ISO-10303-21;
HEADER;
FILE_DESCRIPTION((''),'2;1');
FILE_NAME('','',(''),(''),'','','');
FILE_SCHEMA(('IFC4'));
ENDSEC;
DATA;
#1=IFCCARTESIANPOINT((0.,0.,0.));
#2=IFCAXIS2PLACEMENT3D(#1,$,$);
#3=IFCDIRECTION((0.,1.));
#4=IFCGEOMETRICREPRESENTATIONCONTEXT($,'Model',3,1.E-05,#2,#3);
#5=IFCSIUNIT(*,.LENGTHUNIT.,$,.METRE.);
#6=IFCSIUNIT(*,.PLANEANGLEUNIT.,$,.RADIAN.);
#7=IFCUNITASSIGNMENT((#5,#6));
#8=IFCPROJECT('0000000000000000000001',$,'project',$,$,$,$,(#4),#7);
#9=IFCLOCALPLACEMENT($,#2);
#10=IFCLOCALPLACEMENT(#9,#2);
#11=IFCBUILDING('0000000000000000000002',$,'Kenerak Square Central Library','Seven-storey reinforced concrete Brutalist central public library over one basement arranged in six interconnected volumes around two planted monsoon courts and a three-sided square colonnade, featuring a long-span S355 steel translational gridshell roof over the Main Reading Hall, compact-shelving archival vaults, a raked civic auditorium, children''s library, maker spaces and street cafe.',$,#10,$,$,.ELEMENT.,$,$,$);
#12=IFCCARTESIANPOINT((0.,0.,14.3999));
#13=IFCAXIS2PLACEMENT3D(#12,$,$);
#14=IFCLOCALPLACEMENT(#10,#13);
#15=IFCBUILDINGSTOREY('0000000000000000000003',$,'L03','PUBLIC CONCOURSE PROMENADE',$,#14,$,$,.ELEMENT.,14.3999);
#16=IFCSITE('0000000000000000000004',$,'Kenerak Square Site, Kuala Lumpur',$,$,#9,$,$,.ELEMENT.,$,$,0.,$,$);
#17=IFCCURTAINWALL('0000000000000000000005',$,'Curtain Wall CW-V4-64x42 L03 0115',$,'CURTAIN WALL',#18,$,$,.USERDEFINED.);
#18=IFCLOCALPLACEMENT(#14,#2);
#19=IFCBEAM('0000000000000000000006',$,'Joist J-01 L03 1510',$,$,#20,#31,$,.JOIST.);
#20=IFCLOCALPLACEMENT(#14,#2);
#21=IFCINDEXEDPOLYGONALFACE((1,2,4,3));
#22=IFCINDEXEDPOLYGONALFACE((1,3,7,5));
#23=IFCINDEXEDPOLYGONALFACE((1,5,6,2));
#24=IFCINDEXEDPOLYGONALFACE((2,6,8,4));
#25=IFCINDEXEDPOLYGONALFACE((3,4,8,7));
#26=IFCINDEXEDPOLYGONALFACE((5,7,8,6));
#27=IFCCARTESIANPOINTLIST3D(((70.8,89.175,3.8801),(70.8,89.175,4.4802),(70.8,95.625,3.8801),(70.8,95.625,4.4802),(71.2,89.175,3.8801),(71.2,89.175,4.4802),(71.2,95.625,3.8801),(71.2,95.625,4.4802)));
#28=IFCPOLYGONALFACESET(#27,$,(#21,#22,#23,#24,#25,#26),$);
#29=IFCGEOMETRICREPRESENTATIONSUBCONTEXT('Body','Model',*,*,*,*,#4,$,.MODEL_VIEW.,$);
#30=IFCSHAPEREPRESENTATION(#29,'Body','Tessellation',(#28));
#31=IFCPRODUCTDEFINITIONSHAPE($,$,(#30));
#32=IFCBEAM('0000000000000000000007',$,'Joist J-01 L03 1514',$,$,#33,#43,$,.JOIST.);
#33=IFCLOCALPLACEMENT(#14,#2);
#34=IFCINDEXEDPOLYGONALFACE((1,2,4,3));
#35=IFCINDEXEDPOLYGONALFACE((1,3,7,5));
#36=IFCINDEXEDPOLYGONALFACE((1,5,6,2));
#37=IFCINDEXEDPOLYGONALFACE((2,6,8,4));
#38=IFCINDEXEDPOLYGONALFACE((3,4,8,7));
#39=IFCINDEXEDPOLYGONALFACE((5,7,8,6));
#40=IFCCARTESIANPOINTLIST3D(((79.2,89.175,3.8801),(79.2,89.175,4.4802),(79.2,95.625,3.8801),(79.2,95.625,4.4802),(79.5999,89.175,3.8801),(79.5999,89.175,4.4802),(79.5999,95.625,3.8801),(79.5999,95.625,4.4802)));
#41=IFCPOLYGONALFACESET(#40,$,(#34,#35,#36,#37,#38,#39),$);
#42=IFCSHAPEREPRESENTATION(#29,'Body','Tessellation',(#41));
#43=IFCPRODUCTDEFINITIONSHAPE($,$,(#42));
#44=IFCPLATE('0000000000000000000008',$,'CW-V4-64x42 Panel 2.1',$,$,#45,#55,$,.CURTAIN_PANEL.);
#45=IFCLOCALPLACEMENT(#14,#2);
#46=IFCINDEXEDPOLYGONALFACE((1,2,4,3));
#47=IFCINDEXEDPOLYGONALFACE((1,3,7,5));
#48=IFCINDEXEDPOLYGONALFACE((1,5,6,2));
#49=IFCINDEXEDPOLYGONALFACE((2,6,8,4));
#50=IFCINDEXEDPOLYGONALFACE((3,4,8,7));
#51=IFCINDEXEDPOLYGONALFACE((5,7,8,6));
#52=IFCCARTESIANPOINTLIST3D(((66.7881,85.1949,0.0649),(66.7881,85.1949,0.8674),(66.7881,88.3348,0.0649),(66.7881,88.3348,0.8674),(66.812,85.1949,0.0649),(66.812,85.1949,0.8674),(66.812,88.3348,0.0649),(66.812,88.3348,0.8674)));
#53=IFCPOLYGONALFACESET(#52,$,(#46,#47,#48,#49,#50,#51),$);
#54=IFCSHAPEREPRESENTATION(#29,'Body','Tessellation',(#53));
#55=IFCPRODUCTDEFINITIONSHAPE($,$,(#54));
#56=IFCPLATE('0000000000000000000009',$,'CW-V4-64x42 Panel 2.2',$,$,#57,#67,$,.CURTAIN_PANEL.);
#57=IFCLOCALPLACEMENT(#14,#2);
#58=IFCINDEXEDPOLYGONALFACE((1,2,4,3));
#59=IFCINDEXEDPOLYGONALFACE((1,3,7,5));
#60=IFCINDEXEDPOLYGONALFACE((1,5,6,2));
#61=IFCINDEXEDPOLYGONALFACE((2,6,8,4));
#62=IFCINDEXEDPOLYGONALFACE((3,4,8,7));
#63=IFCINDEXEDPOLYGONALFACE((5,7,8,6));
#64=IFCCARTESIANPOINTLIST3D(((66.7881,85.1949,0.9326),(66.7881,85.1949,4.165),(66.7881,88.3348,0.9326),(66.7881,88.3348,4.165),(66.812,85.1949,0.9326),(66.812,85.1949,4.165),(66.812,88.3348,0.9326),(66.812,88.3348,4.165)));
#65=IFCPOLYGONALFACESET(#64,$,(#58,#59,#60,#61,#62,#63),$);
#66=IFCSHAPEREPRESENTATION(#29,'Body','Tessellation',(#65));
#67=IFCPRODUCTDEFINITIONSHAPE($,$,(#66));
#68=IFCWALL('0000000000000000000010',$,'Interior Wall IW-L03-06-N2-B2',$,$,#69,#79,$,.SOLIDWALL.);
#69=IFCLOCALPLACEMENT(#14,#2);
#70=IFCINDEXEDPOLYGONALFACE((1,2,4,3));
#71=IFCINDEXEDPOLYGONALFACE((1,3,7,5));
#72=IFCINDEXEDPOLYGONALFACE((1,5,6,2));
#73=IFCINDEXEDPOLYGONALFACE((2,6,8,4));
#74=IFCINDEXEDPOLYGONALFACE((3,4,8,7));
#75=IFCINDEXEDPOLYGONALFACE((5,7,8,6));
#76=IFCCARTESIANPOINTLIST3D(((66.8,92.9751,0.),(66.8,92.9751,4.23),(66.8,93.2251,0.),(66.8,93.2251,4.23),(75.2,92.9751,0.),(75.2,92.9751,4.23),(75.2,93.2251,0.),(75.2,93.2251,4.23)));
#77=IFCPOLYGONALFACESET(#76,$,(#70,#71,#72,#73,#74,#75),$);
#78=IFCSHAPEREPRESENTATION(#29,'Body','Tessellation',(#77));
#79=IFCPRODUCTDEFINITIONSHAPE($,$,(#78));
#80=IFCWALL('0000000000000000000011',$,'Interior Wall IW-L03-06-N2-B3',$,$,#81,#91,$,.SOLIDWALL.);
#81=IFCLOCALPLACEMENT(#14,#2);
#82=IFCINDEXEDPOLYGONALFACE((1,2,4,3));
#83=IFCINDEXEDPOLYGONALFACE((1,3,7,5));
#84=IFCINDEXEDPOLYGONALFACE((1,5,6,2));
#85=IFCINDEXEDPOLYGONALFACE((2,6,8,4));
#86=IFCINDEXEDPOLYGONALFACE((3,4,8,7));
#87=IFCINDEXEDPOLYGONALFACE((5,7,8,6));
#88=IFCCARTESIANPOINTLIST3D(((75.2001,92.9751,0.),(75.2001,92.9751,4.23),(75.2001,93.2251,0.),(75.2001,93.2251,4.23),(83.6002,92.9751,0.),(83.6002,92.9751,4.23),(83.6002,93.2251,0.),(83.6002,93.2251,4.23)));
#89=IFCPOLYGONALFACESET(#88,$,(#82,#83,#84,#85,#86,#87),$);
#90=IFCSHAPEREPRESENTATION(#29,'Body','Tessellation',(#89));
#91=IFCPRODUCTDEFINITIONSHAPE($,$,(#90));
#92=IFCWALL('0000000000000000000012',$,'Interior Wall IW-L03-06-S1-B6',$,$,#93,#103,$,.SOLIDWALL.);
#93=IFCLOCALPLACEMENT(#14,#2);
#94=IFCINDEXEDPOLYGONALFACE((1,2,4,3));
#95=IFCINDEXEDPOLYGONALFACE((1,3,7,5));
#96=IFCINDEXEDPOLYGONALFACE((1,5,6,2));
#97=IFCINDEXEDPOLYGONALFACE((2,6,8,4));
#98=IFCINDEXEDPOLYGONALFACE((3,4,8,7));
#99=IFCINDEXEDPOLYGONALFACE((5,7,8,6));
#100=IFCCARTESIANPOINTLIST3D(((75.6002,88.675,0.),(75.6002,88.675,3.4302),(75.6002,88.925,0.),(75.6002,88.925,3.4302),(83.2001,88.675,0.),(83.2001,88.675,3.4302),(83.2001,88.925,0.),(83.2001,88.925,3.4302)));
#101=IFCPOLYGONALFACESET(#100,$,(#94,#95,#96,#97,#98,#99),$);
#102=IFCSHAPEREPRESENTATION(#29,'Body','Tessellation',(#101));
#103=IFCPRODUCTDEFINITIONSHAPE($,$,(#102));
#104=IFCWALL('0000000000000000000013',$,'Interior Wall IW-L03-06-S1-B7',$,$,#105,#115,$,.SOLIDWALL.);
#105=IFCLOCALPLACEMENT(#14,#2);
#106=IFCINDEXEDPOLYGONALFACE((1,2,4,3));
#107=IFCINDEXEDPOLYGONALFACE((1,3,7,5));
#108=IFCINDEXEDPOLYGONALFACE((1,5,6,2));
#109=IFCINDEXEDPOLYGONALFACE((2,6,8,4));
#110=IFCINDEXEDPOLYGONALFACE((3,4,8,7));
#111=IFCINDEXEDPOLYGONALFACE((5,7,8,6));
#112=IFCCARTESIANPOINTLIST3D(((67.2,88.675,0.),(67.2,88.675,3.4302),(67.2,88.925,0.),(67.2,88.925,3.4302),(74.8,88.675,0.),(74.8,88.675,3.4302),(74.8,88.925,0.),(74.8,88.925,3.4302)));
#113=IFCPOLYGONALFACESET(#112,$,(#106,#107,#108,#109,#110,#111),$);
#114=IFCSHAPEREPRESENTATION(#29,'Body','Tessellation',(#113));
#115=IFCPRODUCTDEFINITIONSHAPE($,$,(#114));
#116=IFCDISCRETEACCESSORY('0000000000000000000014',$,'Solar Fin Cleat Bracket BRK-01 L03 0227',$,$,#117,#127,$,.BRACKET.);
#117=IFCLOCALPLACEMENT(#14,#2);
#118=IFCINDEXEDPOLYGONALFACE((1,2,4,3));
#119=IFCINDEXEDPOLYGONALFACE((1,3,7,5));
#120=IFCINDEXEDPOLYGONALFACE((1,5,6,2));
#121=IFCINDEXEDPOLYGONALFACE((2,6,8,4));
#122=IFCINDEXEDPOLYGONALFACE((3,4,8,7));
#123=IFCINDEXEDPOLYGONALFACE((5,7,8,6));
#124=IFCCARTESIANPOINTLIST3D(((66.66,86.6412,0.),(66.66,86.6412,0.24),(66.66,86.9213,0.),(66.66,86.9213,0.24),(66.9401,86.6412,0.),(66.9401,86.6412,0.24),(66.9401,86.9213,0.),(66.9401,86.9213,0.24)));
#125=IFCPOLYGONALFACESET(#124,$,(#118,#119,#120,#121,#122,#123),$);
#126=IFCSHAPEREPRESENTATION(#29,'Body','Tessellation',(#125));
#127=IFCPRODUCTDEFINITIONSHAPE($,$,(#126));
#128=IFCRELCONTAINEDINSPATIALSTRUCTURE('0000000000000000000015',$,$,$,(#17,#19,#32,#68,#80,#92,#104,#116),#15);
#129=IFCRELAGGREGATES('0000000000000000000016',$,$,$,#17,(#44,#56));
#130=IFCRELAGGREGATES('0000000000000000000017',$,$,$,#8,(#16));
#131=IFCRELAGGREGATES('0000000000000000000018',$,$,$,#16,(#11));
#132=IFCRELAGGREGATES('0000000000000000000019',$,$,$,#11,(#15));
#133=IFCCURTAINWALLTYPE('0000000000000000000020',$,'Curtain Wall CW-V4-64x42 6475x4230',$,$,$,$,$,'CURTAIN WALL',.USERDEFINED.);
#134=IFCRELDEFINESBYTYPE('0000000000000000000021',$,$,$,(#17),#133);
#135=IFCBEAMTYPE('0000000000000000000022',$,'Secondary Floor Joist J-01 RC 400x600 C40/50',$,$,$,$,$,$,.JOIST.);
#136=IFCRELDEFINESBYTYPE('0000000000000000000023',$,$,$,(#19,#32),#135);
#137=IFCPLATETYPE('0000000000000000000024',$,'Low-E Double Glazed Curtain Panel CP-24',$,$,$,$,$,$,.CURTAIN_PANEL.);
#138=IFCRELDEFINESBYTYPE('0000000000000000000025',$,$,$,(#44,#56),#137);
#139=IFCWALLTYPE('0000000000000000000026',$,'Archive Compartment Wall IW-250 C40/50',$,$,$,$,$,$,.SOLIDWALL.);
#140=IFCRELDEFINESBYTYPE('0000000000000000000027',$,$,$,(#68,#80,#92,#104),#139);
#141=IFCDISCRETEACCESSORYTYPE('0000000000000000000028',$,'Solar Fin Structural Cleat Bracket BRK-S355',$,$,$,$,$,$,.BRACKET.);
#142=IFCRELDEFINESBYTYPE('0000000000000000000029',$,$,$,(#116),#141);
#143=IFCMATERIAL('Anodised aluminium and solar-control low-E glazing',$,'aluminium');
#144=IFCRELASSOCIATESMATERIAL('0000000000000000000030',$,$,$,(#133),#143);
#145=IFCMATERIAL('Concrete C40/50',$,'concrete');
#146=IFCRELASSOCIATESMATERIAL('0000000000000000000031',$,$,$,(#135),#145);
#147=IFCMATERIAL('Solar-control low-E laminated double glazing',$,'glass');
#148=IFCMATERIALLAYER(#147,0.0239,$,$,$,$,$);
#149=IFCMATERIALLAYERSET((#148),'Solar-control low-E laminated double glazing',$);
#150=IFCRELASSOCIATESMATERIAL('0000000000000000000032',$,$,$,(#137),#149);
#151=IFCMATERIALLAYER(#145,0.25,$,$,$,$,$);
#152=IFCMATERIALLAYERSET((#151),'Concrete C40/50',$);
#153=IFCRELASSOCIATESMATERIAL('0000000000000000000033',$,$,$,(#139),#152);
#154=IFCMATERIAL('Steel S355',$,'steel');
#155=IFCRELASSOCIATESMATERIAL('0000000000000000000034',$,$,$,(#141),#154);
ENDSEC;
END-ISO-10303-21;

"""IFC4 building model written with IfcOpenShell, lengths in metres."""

from ifc_helpers import new_model, si_unit, direction, frame, frame_2d, origin, origin_2d, place, context, subcontext, project, spatial, rectangle, extrude, material, layer, layer_set, material_profile, profile_set, type_object, element, aggregate, save


model = new_model("IFC4")

# Units and contexts
model_context = context("Model", 3, precision=1e-05, world=origin(), true_north=direction((0.0, 1.0)))
body_context = subcontext(model_context, "Body", "Model", "MODEL_VIEW")
ifc_project = project(units=[si_unit("LENGTHUNIT", "METRE"), si_unit("PLANEANGLEUNIT", "RADIAN")], contexts=[model_context])

# Site, building, storey
site_placement = place(None, origin())
site = spatial("IfcSite", under=ifc_project, at=site_placement, Name="Kenerak Square Site, Kuala Lumpur", CompositionType="ELEMENT", RefElevation=0.0)
building_placement = place(site_placement, origin())
building = spatial("IfcBuilding", under=site, at=building_placement, Name="Kenerak Square Central Library", Description="Seven-storey reinforced concrete Brutalist central public library over one basement arranged in six interconnected volumes around two planted monsoon courts and a three-sided square colonnade, featuring a long-span S355 steel translational gridshell roof over the Main Reading Hall, compact-shelving archival vaults, a raked civic auditorium, children's library, maker spaces and street cafe.", CompositionType="ELEMENT")
storey_placement = place(building_placement, frame((0.0, 0.0, 14.3999)))
storey = spatial("IfcBuildingStorey", under=building, at=storey_placement, Name="L03", Description="PUBLIC CONCOURSE PROMENADE", CompositionType="ELEMENT", Elevation=14.3999)

# Curtain wall
ifc_material_1 = material(Name="Anodised aluminium and solar-control low-E glazing", Category="aluminium")
curtain_wall_type = type_object("IfcCurtainWallType", Name="Curtain Wall CW-V4-64x42 6475x4230", ElementType="CURTAIN WALL", PredefinedType="USERDEFINED", material=ifc_material_1)
curtain_wall_placement = place(storey_placement, origin())
curtain_wall = element("IfcCurtainWall", 1, at=curtain_wall_placement, inside=storey, type_object=curtain_wall_type, Name="Curtain Wall CW-V4-64x42 L03 0115", ObjectType="CURTAIN WALL", PredefinedType="USERDEFINED")

# Beams
ifc_material_2 = material(Name="Concrete C40/50", Category="concrete")
ifc_material_profile_1 = material_profile(ifc_material_2, rectangle(XDim=0.3999, YDim=0.6001, at=origin_2d()), Name="RC 400x600")
ifc_profile_set_1 = profile_set([ifc_material_profile_1], Name="Concrete C40/50")
beam_type_1 = type_object("IfcBeamType", Name="Secondary Floor Joist J-01 RC 400x600 C40/50", PredefinedType="JOIST", material=ifc_profile_set_1)
for number, where, z_axis, x_axis, name in (
    (2, (71.0, 89.175, 4.1802), (0.0, 1.0, 0.0), (-1.0, 0.0, 0.0), "Joist J-01 L03 1510"),
    (3, (79.3999, 89.175, 4.1802), (0.0, 1.0, 0.0), (-1.0, 0.0, 0.0), "Joist J-01 L03 1514"),
):
    element("IfcBeam", number, at=place(storey_placement, frame(where, z_axis=z_axis, x_axis=x_axis)), inside=storey, type_object=beam_type_1, Name=name, PredefinedType="JOIST", context=body_context, shape_type="SweptSolid", body=[
        extrude(rectangle(XDim=0.3999, YDim=0.6001, at=origin_2d()), origin(), (0.0, 0.0, 1.0), 6.45),
    ])

# Plates
ifc_material_3 = material(Name="Solar-control low-E laminated double glazing", Category="glass")
ifc_layer_1 = layer(ifc_material_3, 0.0239)
ifc_layer_set_1 = layer_set([ifc_layer_1], Name="Solar-control low-E laminated double glazing")
plate_type = type_object("IfcPlateType", Name="Low-E Double Glazed Curtain Panel CP-24", PredefinedType="CURTAIN_PANEL", material=ifc_layer_set_1)
plate_1_placement = place(storey_placement, frame((66.8, 86.7649, 0.0649), z_axis=(0.0, 0.0, 1.0), x_axis=(0.0, 1.0, 0.0)))
plate_1 = element("IfcPlate", 4, at=plate_1_placement, type_object=plate_type, Name="CW-V4-64x42 Panel 2.1", PredefinedType="CURTAIN_PANEL", context=body_context, shape_type="SweptSolid", body=[
    extrude(rectangle(XDim=3.1399, YDim=0.0239, at=origin_2d()), origin(), (0.0, 0.0, 1.0), 0.8025),
])
plate_2_placement = place(storey_placement, frame((66.8, 86.7649, 0.9326), z_axis=(0.0, 0.0, 1.0), x_axis=(0.0, 1.0, 0.0)))
plate_2 = element("IfcPlate", 5, at=plate_2_placement, type_object=plate_type, Name="CW-V4-64x42 Panel 2.2", PredefinedType="CURTAIN_PANEL", context=body_context, shape_type="SweptSolid", body=[
    extrude(rectangle(XDim=3.1399, YDim=0.0239, at=origin_2d()), origin(), (0.0, 0.0, 1.0), 3.2324),
])
aggregate(curtain_wall, [plate_1, plate_2])

# Walls
ifc_layer_2 = layer(ifc_material_2, 0.25)
ifc_layer_set_2 = layer_set([ifc_layer_2], Name="Concrete C40/50")
wall_type = type_object("IfcWallType", Name="Archive Compartment Wall IW-250 C40/50", PredefinedType="SOLIDWALL", material=ifc_layer_set_2)
wall_1_placement = place(storey_placement, frame((66.8, 93.1001, 0.0), z_axis=(0.0, 0.0, 1.0), x_axis=(1.0, 0.0, 0.0)))
element("IfcWall", 6, at=wall_1_placement, inside=storey, type_object=wall_type, Name="Interior Wall IW-L03-06-N2-B2", PredefinedType="SOLIDWALL", context=body_context, shape_type="SweptSolid", body=[
    extrude(rectangle(XDim=8.3999, YDim=0.25, at=frame_2d((4.2, 0.0))), origin(), (0.0, 0.0, 1.0), 4.23),
])
wall_2_placement = place(storey_placement, frame((75.2, 93.1001, 0.0), z_axis=(0.0, 0.0, 1.0), x_axis=(1.0, 0.0, 0.0)))
element("IfcWall", 7, at=wall_2_placement, inside=storey, type_object=wall_type, Name="Interior Wall IW-L03-06-N2-B3", PredefinedType="SOLIDWALL", context=body_context, shape_type="SweptSolid", body=[
    extrude(rectangle(XDim=8.4001, YDim=0.25, at=frame_2d((4.2002, 0.0))), origin(), (0.0, 0.0, 1.0), 4.23),
])
wall_3_placement = place(storey_placement, frame((83.2, 88.8, 0.0), z_axis=(0.0, 0.0, 1.0), x_axis=(-1.0, 0.0, 0.0)))
element("IfcWall", 8, at=wall_3_placement, inside=storey, type_object=wall_type, Name="Interior Wall IW-L03-06-S1-B6", PredefinedType="SOLIDWALL", context=body_context, shape_type="SweptSolid", body=[
    extrude(rectangle(XDim=7.5999, YDim=0.25, at=frame_2d((3.7998, 0.0))), origin(), (0.0, 0.0, 1.0), 3.4302),
])
wall_4_placement = place(storey_placement, frame((74.8, 88.8, 0.0), z_axis=(0.0, 0.0, 1.0), x_axis=(-1.0, 0.0, 0.0)))
element("IfcWall", 9, at=wall_4_placement, inside=storey, type_object=wall_type, Name="Interior Wall IW-L03-06-S1-B7", PredefinedType="SOLIDWALL", context=body_context, shape_type="SweptSolid", body=[
    extrude(rectangle(XDim=7.6001, YDim=0.25, at=frame_2d((3.8, 0.0))), origin(), (0.0, 0.0, 1.0), 3.4302),
])

# Discrete accessory
ifc_material_4 = material(Name="Steel S355", Category="steel")
discrete_accessory_type = type_object("IfcDiscreteAccessoryType", Name="Solar Fin Structural Cleat Bracket BRK-S355", PredefinedType="BRACKET", material=ifc_material_4)
discrete_accessory_placement = place(storey_placement, frame((66.8, 86.7812, 0.0), z_axis=(0.0, 0.0, 1.0), x_axis=(0.0, 1.0, 0.0)))
element("IfcDiscreteAccessory", 10, at=discrete_accessory_placement, inside=storey, type_object=discrete_accessory_type, Name="Solar Fin Cleat Bracket BRK-01 L03 0227", PredefinedType="BRACKET", context=body_context, shape_type="SweptSolid", body=[
    extrude(rectangle(XDim=0.28, YDim=0.28, at=origin_2d()), origin(), (0.0, 0.0, 1.0), 0.24),
])

save(model, "model.ifc")
